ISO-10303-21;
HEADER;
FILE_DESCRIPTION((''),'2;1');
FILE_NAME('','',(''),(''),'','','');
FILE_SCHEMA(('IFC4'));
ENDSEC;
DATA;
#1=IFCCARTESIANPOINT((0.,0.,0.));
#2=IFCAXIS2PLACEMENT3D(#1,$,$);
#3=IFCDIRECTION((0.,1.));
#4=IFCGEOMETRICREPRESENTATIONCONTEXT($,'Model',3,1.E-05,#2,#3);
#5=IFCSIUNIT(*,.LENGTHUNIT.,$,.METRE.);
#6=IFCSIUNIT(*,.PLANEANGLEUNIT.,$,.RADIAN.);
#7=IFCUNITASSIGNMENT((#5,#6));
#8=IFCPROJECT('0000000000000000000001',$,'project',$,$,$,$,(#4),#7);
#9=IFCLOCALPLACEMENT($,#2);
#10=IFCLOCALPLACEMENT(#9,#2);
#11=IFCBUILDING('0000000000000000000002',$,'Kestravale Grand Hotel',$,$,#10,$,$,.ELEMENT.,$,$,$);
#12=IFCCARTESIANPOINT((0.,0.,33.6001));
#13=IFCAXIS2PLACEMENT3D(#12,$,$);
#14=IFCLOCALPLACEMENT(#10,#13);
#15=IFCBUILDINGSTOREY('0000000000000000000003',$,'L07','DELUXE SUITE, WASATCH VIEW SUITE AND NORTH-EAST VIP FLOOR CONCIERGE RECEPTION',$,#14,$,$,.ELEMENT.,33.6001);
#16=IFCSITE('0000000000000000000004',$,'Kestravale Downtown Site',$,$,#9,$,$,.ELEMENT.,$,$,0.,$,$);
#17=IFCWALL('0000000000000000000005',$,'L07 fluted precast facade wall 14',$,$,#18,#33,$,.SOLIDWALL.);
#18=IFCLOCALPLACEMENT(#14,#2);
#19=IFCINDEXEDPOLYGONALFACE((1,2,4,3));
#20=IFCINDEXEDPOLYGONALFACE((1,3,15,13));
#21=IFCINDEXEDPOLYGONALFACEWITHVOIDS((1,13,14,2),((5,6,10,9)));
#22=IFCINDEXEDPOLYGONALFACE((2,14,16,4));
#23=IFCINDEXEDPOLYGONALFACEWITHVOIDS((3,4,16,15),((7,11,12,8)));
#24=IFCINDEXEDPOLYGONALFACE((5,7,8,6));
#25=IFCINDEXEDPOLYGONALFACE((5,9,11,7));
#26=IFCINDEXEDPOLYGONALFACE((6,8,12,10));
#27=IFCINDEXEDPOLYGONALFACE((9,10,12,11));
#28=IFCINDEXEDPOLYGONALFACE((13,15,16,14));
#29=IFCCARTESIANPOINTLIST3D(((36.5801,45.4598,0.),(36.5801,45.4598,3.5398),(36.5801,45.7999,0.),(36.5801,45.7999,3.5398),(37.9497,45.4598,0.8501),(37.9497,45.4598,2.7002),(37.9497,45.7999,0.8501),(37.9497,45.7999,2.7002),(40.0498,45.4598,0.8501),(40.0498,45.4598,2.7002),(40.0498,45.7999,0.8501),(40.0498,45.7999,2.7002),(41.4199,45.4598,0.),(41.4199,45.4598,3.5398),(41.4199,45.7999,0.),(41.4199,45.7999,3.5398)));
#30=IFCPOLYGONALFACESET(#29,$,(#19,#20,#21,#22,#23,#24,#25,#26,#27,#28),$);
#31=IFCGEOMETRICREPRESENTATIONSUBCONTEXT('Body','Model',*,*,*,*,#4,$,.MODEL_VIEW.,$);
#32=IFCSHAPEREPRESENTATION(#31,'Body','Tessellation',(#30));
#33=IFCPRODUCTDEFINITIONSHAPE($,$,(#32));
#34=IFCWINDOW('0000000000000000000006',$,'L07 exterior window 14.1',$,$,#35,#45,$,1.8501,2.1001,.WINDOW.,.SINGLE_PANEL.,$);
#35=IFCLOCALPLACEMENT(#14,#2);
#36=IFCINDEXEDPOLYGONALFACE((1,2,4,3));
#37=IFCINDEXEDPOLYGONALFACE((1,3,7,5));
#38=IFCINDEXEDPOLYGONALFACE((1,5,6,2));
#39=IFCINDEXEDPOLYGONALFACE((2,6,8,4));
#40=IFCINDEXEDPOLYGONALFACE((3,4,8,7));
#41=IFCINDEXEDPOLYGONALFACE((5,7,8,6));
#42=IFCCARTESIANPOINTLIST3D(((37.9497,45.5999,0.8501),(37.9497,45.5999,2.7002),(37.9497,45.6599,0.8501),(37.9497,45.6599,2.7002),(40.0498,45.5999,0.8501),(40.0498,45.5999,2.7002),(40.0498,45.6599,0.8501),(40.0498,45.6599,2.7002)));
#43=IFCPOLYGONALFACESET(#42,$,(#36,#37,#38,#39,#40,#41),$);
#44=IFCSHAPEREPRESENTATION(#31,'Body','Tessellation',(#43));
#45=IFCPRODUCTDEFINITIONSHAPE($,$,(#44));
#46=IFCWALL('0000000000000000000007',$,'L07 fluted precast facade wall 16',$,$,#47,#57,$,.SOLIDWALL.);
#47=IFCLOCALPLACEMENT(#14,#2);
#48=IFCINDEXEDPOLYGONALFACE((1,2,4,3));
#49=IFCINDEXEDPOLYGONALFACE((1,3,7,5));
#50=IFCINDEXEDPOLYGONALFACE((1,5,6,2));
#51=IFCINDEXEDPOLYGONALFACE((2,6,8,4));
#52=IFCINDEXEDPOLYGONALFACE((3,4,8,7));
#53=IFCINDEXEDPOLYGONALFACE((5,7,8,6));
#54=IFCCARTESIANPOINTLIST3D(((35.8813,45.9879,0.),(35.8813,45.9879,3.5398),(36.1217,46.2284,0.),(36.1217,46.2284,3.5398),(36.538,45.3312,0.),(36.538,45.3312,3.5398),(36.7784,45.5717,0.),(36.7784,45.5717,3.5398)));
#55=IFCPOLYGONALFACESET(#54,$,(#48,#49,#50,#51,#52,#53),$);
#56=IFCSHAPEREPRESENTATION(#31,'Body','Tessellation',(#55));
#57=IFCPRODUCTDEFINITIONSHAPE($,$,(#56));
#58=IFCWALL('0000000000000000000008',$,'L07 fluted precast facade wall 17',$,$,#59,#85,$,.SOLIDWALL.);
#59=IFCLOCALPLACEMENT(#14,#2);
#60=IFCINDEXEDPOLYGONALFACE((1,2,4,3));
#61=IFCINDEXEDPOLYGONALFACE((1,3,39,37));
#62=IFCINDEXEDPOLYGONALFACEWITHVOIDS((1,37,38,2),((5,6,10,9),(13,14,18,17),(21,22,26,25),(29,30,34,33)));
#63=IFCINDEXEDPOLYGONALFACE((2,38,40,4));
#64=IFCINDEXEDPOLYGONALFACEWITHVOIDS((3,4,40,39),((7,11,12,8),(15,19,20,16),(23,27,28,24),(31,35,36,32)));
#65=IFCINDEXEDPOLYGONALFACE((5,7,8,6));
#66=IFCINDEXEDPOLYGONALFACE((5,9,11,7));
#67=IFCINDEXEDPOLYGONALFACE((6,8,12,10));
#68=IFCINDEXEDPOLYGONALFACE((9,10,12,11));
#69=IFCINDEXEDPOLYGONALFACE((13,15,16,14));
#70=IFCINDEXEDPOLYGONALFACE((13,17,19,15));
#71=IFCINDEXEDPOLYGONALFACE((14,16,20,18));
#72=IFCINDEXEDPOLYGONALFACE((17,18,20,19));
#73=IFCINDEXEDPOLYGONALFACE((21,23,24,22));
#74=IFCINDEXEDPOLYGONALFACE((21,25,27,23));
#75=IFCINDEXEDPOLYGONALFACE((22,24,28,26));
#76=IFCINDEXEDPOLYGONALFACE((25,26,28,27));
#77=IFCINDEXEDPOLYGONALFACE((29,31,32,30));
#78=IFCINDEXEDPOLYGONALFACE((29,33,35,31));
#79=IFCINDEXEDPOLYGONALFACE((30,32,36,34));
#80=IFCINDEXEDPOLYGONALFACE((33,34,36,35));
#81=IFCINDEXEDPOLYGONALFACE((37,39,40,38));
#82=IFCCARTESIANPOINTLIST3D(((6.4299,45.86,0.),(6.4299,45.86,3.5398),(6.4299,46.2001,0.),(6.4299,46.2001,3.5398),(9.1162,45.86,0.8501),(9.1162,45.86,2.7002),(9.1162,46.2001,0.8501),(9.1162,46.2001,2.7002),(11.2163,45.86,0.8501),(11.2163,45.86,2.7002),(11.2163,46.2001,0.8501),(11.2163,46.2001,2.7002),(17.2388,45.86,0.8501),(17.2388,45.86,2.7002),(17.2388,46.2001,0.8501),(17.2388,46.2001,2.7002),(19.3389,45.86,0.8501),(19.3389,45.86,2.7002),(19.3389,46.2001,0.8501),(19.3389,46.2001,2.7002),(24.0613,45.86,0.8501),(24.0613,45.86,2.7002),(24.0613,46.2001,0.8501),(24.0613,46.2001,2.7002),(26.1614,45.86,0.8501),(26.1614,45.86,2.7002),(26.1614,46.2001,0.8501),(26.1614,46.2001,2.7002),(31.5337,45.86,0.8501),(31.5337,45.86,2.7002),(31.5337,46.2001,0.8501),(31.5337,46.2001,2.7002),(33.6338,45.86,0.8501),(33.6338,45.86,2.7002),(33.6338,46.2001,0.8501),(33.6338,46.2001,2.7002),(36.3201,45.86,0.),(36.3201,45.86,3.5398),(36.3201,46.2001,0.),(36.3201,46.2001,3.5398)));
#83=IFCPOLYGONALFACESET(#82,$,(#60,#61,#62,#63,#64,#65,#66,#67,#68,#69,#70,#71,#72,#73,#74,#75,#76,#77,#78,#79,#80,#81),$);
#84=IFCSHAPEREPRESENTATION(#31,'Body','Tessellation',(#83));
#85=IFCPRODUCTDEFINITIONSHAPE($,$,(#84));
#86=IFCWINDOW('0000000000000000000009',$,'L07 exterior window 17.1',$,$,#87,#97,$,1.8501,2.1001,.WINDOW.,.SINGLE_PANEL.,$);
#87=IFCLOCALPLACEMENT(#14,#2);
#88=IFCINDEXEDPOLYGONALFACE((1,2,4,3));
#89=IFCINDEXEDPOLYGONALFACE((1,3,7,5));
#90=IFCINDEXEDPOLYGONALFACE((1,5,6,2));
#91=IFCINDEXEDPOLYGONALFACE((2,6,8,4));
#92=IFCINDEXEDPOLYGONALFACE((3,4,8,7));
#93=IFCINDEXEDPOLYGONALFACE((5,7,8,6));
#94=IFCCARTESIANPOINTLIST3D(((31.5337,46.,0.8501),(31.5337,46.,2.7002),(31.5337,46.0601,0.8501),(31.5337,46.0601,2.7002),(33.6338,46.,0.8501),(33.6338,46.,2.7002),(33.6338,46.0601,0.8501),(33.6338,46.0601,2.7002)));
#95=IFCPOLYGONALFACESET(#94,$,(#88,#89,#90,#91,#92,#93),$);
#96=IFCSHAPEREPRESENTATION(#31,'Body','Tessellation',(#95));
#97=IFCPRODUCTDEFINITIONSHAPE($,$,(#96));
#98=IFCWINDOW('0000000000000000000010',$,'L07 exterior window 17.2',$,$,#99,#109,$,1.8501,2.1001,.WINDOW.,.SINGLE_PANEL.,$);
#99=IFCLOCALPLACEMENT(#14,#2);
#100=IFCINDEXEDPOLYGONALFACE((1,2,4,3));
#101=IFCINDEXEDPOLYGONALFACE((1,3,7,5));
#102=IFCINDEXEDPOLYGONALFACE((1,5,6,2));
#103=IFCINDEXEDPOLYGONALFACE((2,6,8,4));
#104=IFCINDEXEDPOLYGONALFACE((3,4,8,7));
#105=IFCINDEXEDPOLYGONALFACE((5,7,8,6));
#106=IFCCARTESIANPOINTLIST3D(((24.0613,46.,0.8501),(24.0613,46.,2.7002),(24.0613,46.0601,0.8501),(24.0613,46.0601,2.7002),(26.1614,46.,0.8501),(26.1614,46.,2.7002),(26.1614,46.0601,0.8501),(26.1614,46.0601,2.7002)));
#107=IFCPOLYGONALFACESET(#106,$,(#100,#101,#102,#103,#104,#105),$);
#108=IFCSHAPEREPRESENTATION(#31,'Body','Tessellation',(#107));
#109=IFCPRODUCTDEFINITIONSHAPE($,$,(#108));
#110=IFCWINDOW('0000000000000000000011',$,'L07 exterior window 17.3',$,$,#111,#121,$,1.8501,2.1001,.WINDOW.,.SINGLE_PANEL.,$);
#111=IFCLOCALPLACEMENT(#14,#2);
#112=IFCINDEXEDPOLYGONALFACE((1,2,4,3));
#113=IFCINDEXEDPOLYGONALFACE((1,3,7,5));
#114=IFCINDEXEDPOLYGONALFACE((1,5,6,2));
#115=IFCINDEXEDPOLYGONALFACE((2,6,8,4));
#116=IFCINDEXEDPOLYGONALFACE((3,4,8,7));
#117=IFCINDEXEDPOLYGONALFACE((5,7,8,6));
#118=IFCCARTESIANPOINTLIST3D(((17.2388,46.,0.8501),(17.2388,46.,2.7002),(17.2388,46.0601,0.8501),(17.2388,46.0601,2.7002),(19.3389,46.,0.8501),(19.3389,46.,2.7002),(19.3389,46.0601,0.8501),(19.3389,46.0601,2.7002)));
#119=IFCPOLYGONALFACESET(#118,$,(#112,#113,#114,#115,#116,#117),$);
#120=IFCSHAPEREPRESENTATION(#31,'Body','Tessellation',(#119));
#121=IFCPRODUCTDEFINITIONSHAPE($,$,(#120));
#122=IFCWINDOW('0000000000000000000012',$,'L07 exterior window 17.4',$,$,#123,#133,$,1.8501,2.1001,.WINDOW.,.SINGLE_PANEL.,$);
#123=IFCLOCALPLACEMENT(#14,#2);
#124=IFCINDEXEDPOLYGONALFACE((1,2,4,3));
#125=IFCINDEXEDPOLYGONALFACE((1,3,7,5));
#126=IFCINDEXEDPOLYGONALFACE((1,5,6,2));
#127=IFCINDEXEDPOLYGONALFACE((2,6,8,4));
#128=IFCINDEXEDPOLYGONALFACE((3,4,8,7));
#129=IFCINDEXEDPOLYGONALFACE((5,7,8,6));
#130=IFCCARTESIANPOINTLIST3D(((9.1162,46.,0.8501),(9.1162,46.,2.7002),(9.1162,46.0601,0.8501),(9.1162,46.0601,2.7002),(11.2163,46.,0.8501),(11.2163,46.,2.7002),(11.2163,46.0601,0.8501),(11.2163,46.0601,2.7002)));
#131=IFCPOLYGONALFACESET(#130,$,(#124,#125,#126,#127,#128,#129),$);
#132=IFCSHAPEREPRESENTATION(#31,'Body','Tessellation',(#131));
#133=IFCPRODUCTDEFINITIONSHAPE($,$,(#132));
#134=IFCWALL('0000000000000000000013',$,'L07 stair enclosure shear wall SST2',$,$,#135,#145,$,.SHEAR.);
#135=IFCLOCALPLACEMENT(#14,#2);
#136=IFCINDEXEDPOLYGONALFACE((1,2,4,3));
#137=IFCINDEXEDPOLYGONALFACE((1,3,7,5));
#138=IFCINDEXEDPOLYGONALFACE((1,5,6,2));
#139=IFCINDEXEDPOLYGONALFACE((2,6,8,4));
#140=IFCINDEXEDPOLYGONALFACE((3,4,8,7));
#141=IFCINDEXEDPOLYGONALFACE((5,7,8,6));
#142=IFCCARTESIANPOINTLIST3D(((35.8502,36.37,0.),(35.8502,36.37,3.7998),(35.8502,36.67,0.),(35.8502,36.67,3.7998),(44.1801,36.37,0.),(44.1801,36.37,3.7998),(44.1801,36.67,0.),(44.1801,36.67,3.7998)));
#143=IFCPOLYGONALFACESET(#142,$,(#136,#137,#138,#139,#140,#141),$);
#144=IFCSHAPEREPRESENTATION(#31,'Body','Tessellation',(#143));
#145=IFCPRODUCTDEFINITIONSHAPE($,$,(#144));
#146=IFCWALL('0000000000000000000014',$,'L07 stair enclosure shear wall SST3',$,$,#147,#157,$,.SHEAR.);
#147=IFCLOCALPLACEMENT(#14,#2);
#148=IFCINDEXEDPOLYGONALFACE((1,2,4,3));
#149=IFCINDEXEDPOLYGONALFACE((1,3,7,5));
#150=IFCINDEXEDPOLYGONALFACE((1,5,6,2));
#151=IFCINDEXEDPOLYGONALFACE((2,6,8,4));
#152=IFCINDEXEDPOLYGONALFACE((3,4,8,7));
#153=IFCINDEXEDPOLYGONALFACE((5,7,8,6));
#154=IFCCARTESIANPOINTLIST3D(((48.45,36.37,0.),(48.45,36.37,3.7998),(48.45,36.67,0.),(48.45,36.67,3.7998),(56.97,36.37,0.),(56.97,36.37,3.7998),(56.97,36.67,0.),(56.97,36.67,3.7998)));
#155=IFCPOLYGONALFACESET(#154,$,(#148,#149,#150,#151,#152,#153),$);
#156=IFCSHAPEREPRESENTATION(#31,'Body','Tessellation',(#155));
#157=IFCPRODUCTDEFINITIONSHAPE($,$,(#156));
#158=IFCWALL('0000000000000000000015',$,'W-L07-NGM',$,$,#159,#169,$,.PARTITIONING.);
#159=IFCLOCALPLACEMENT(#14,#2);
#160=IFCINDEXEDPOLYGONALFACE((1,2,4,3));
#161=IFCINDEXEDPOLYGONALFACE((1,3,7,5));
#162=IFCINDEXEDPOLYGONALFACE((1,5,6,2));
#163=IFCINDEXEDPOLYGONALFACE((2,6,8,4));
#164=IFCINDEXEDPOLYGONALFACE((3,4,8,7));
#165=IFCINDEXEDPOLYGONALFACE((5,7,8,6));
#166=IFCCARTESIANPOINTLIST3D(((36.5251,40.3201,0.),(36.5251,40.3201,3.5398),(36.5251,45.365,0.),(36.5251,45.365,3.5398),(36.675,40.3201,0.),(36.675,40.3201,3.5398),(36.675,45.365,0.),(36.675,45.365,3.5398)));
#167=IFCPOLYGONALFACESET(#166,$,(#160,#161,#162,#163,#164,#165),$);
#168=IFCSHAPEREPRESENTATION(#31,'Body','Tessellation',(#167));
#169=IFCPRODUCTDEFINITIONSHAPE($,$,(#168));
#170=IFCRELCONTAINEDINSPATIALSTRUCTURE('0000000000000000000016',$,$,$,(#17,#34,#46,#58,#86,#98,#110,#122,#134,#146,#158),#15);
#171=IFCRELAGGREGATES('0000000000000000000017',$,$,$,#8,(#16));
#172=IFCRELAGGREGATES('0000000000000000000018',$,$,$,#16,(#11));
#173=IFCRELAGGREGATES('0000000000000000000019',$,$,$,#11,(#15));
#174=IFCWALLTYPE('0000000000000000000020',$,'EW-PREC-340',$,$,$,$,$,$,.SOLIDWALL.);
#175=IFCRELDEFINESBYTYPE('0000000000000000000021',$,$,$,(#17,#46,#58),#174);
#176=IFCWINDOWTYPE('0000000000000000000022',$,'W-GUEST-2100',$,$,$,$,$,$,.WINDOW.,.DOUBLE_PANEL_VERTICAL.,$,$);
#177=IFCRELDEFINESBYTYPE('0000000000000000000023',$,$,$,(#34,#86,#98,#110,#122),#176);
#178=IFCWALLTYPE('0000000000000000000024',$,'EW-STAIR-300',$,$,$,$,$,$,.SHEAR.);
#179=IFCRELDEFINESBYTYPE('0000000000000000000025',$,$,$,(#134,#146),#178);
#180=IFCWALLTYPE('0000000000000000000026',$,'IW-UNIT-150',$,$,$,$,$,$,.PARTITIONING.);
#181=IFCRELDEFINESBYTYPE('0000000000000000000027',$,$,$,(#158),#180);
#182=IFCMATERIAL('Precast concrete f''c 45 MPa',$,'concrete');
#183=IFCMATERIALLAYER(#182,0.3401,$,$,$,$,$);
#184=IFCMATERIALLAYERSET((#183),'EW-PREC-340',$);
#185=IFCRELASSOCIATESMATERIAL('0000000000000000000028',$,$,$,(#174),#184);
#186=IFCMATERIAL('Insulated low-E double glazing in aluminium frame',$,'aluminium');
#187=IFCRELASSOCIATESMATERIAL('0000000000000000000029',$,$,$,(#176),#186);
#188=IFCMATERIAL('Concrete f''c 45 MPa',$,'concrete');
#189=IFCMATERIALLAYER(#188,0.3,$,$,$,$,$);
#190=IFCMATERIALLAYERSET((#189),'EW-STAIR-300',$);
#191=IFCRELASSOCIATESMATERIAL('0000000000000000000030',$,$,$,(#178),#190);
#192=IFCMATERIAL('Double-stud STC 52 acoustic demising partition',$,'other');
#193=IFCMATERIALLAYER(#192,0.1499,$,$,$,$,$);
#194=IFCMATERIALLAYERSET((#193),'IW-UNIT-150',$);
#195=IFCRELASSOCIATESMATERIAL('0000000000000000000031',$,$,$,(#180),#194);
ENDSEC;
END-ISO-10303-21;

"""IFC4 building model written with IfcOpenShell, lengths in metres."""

from ifc_helpers import new_model, si_unit, direction, frame, frame_2d, origin, place, context, subcontext, project, spatial, rectangle, extrude, material, layer, layer_set, type_object, element, fill, save


model = new_model("IFC4")

# Units and contexts
model_context = context("Model", 3, precision=1e-05, world=origin(), true_north=direction((0.0, 1.0)))
body_context = subcontext(model_context, "Body", "Model", "MODEL_VIEW")
ifc_project = project(units=[si_unit("LENGTHUNIT", "METRE"), si_unit("PLANEANGLEUNIT", "RADIAN")], contexts=[model_context])

# Site, building, storey
site_placement = place(None, origin())
site = spatial("IfcSite", under=ifc_project, at=site_placement, Name="Kestravale Downtown Site", CompositionType="ELEMENT", RefElevation=0.0)
building_placement = place(site_placement, origin())
building = spatial("IfcBuilding", under=site, at=building_placement, Name="Kestravale Grand Hotel", CompositionType="ELEMENT")
storey_placement = place(building_placement, frame((0.0, 0.0, 33.6001)))
storey = spatial("IfcBuildingStorey", under=building, at=storey_placement, Name="L07", Description="DELUXE SUITE, WASATCH VIEW SUITE AND NORTH-EAST VIP FLOOR CONCIERGE RECEPTION", CompositionType="ELEMENT", Elevation=33.6001)

# Shared definitions
ifc_material_1 = material(Name="Precast concrete f'c 45 MPa", Category="concrete")
ifc_layer_1 = layer(ifc_material_1, 0.3401)
ifc_layer_set_1 = layer_set([ifc_layer_1], Name="EW-PREC-340")
wall_type_1 = type_object("IfcWallType", Name="EW-PREC-340", PredefinedType="SOLIDWALL", material=ifc_layer_set_1)

# Wall, opening, window
ifc_material_2 = material(Name="Insulated low-E double glazing in aluminium frame", Category="aluminium")
window_type = type_object("IfcWindowType", Name="W-GUEST-2100", PartitioningType="DOUBLE_PANEL_VERTICAL", PredefinedType="WINDOW", material=ifc_material_2)
wall_1_placement = place(storey_placement, frame((41.4199, 45.6299, 0.0), z_axis=(0.0, 0.0, 1.0), x_axis=(-1.0, 0.0, 0.0)))
wall_1 = element("IfcWall", 1, at=wall_1_placement, inside=storey, type_object=wall_type_1, Name="L07 fluted precast facade wall 14", PredefinedType="SOLIDWALL", context=body_context, shape_type="SweptSolid", body=[
    extrude(rectangle(XDim=4.8398, YDim=0.3401, at=frame_2d((2.4199, 0.0))), origin(), (0.0, 0.0, 1.0), 3.5398),
])
opening_1_placement = place(wall_1_placement, frame((1.3701, 0.0, 0.8501)))
opening_1 = element("IfcOpeningElement", 2, at=opening_1_placement, cuts=wall_1, PredefinedType="OPENING", context=body_context, shape_type="SweptSolid", body=[
    extrude(rectangle(XDim=2.1001, YDim=1.8501, at=frame_2d((1.05, 0.925))), frame((0.0, 0.1799, 0.0), z_axis=(0.0, -1.0, 0.0), x_axis=(1.0, 0.0, 0.0)), (0.0, 0.0, 1.0), 0.3601),
])
window_1_placement = place(opening_1_placement, origin())
window_1 = element("IfcWindow", 3, at=window_1_placement, inside=storey, type_object=window_type, Name="L07 exterior window 14.1", OverallHeight=1.8501, OverallWidth=2.1001, PartitioningType="SINGLE_PANEL", PredefinedType="WINDOW", context=body_context, shape_type="SweptSolid", body=[
    extrude(rectangle(XDim=2.1001, YDim=1.8501, at=frame_2d((1.05, 0.925))), frame((0.0, 0.03, 0.0), z_axis=(0.0, -1.0, 0.0), x_axis=(1.0, 0.0, 0.0)), (0.0, 0.0, 1.0), 0.0601),
])
fill(opening_1, window_1)

# Wall
wall_2_placement = place(storey_placement, frame((36.6582, 45.4514, 0.0), z_axis=(0.0, 0.0, 1.0), x_axis=(-0.707107, 0.707107, 0.0)))
element("IfcWall", 4, at=wall_2_placement, inside=storey, type_object=wall_type_1, Name="L07 fluted precast facade wall 16", PredefinedType="SOLIDWALL", context=body_context, shape_type="SweptSolid", body=[
    extrude(rectangle(XDim=0.9287, YDim=0.3401, at=frame_2d((0.4644, 0.0))), origin(), (0.0, 0.0, 1.0), 3.5398),
])

# Wall, openings, windows
wall_3_placement = place(storey_placement, frame((36.3201, 46.03, 0.0), z_axis=(0.0, 0.0, 1.0), x_axis=(-1.0, 0.0, 0.0)))
wall_3 = element("IfcWall", 5, at=wall_3_placement, inside=storey, type_object=wall_type_1, Name="L07 fluted precast facade wall 17", PredefinedType="SOLIDWALL", context=body_context, shape_type="SweptSolid", body=[
    extrude(rectangle(XDim=29.8901, YDim=0.3401, at=frame_2d((14.9451, 0.0))), origin(), (0.0, 0.0, 1.0), 3.5398),
])
opening_2_placement = place(wall_3_placement, frame((2.6863, 0.0, 0.8501)))
opening_2 = element("IfcOpeningElement", 6, at=opening_2_placement, cuts=wall_3, PredefinedType="OPENING", context=body_context, shape_type="SweptSolid", body=[
    extrude(rectangle(XDim=2.1001, YDim=1.8501, at=frame_2d((1.05, 0.925))), frame((0.0, 0.1799, 0.0), z_axis=(0.0, -1.0, 0.0), x_axis=(1.0, 0.0, 0.0)), (0.0, 0.0, 1.0), 0.3601),
])
opening_3_placement = place(wall_3_placement, frame((10.1587, 0.0, 0.8501)))
opening_3 = element("IfcOpeningElement", 7, at=opening_3_placement, cuts=wall_3, PredefinedType="OPENING", context=body_context, shape_type="SweptSolid", body=[
    extrude(rectangle(XDim=2.1001, YDim=1.8501, at=frame_2d((1.05, 0.925))), frame((0.0, 0.1799, 0.0), z_axis=(0.0, -1.0, 0.0), x_axis=(1.0, 0.0, 0.0)), (0.0, 0.0, 1.0), 0.3601),
])
opening_4_placement = place(wall_3_placement, frame((16.9812, 0.0, 0.8501)))
opening_4 = element("IfcOpeningElement", 8, at=opening_4_placement, cuts=wall_3, PredefinedType="OPENING", context=body_context, shape_type="SweptSolid", body=[
    extrude(rectangle(XDim=2.1001, YDim=1.8501, at=frame_2d((1.05, 0.925))), frame((0.0, 0.1799, 0.0), z_axis=(0.0, -1.0, 0.0), x_axis=(1.0, 0.0, 0.0)), (0.0, 0.0, 1.0), 0.3601),
])
opening_5_placement = place(wall_3_placement, frame((25.1038, 0.0, 0.8501)))
opening_5 = element("IfcOpeningElement", 9, at=opening_5_placement, cuts=wall_3, PredefinedType="OPENING", context=body_context, shape_type="SweptSolid", body=[
    extrude(rectangle(XDim=2.1001, YDim=1.8501, at=frame_2d((1.05, 0.925))), frame((0.0, 0.1799, 0.0), z_axis=(0.0, -1.0, 0.0), x_axis=(1.0, 0.0, 0.0)), (0.0, 0.0, 1.0), 0.3601),
])
window_2_placement = place(opening_2_placement, origin())
window_2 = element("IfcWindow", 10, at=window_2_placement, inside=storey, type_object=window_type, Name="L07 exterior window 17.1", OverallHeight=1.8501, OverallWidth=2.1001, PartitioningType="SINGLE_PANEL", PredefinedType="WINDOW", context=body_context, shape_type="SweptSolid", body=[
    extrude(rectangle(XDim=2.1001, YDim=1.8501, at=frame_2d((1.05, 0.925))), frame((0.0, 0.03, 0.0), z_axis=(0.0, -1.0, 0.0), x_axis=(1.0, 0.0, 0.0)), (0.0, 0.0, 1.0), 0.0601),
])
fill(opening_2, window_2)
window_3_placement = place(opening_3_placement, origin())
window_3 = element("IfcWindow", 11, at=window_3_placement, inside=storey, type_object=window_type, Name="L07 exterior window 17.2", OverallHeight=1.8501, OverallWidth=2.1001, PartitioningType="SINGLE_PANEL", PredefinedType="WINDOW", context=body_context, shape_type="SweptSolid", body=[
    extrude(rectangle(XDim=2.1001, YDim=1.8501, at=frame_2d((1.05, 0.925))), frame((0.0, 0.03, 0.0), z_axis=(0.0, -1.0, 0.0), x_axis=(1.0, 0.0, 0.0)), (0.0, 0.0, 1.0), 0.0601),
])
fill(opening_3, window_3)
window_4_placement = place(opening_4_placement, origin())
window_4 = element("IfcWindow", 12, at=window_4_placement, inside=storey, type_object=window_type, Name="L07 exterior window 17.3", OverallHeight=1.8501, OverallWidth=2.1001, PartitioningType="SINGLE_PANEL", PredefinedType="WINDOW", context=body_context, shape_type="SweptSolid", body=[
    extrude(rectangle(XDim=2.1001, YDim=1.8501, at=frame_2d((1.05, 0.925))), frame((0.0, 0.03, 0.0), z_axis=(0.0, -1.0, 0.0), x_axis=(1.0, 0.0, 0.0)), (0.0, 0.0, 1.0), 0.0601),
])
fill(opening_4, window_4)
window_5_placement = place(opening_5_placement, origin())
window_5 = element("IfcWindow", 13, at=window_5_placement, inside=storey, type_object=window_type, Name="L07 exterior window 17.4", OverallHeight=1.8501, OverallWidth=2.1001, PartitioningType="SINGLE_PANEL", PredefinedType="WINDOW", context=body_context, shape_type="SweptSolid", body=[
    extrude(rectangle(XDim=2.1001, YDim=1.8501, at=frame_2d((1.05, 0.925))), frame((0.0, 0.03, 0.0), z_axis=(0.0, -1.0, 0.0), x_axis=(1.0, 0.0, 0.0)), (0.0, 0.0, 1.0), 0.0601),
])
fill(opening_5, window_5)

# Walls
ifc_material_3 = material(Name="Concrete f'c 45 MPa", Category="concrete")
ifc_layer_2 = layer(ifc_material_3, 0.3)
ifc_layer_set_2 = layer_set([ifc_layer_2], Name="EW-STAIR-300")
wall_type_2 = type_object("IfcWallType", Name="EW-STAIR-300", PredefinedType="SHEAR", material=ifc_layer_set_2)
wall_4_placement = place(storey_placement, frame((35.8501, 36.52, 0.0), z_axis=(0.0, 0.0, 1.0), x_axis=(1.0, 0.0, 0.0)))
element("IfcWall", 14, at=wall_4_placement, inside=storey, type_object=wall_type_2, Name="L07 stair enclosure shear wall SST2", PredefinedType="SHEAR", context=body_context, shape_type="SweptSolid", body=[
    extrude(rectangle(XDim=8.3298, YDim=0.3, at=frame_2d((4.165, 0.0))), origin(), (0.0, 0.0, 1.0), 3.7998),
])
wall_5_placement = place(storey_placement, frame((48.45, 36.52, 0.0), z_axis=(0.0, 0.0, 1.0), x_axis=(1.0, 0.0, 0.0)))
element("IfcWall", 15, at=wall_5_placement, inside=storey, type_object=wall_type_2, Name="L07 stair enclosure shear wall SST3", PredefinedType="SHEAR", context=body_context, shape_type="SweptSolid", body=[
    extrude(rectangle(XDim=8.52, YDim=0.3, at=frame_2d((4.26, 0.0))), origin(), (0.0, 0.0, 1.0), 3.7998),
])
ifc_material_4 = material(Name="Double-stud STC 52 acoustic demising partition", Category="other")
ifc_layer_3 = layer(ifc_material_4, 0.1499)
ifc_layer_set_3 = layer_set([ifc_layer_3], Name="IW-UNIT-150")
wall_type_3 = type_object("IfcWallType", Name="IW-UNIT-150", PredefinedType="PARTITIONING", material=ifc_layer_set_3)
wall_6_placement = place(storey_placement, frame((36.6001, 40.3201, 0.0), z_axis=(0.0, 0.0, 1.0), x_axis=(0.0, 1.0, 0.0)))
element("IfcWall", 16, at=wall_6_placement, inside=storey, type_object=wall_type_3, Name="W-L07-NGM", PredefinedType="PARTITIONING", context=body_context, shape_type="SweptSolid", body=[
    extrude(rectangle(XDim=5.0449, YDim=0.1499, at=frame_2d((2.5225, 0.0))), origin(), (0.0, 0.0, 1.0), 3.5398),
])

save(model, "model.ifc")
